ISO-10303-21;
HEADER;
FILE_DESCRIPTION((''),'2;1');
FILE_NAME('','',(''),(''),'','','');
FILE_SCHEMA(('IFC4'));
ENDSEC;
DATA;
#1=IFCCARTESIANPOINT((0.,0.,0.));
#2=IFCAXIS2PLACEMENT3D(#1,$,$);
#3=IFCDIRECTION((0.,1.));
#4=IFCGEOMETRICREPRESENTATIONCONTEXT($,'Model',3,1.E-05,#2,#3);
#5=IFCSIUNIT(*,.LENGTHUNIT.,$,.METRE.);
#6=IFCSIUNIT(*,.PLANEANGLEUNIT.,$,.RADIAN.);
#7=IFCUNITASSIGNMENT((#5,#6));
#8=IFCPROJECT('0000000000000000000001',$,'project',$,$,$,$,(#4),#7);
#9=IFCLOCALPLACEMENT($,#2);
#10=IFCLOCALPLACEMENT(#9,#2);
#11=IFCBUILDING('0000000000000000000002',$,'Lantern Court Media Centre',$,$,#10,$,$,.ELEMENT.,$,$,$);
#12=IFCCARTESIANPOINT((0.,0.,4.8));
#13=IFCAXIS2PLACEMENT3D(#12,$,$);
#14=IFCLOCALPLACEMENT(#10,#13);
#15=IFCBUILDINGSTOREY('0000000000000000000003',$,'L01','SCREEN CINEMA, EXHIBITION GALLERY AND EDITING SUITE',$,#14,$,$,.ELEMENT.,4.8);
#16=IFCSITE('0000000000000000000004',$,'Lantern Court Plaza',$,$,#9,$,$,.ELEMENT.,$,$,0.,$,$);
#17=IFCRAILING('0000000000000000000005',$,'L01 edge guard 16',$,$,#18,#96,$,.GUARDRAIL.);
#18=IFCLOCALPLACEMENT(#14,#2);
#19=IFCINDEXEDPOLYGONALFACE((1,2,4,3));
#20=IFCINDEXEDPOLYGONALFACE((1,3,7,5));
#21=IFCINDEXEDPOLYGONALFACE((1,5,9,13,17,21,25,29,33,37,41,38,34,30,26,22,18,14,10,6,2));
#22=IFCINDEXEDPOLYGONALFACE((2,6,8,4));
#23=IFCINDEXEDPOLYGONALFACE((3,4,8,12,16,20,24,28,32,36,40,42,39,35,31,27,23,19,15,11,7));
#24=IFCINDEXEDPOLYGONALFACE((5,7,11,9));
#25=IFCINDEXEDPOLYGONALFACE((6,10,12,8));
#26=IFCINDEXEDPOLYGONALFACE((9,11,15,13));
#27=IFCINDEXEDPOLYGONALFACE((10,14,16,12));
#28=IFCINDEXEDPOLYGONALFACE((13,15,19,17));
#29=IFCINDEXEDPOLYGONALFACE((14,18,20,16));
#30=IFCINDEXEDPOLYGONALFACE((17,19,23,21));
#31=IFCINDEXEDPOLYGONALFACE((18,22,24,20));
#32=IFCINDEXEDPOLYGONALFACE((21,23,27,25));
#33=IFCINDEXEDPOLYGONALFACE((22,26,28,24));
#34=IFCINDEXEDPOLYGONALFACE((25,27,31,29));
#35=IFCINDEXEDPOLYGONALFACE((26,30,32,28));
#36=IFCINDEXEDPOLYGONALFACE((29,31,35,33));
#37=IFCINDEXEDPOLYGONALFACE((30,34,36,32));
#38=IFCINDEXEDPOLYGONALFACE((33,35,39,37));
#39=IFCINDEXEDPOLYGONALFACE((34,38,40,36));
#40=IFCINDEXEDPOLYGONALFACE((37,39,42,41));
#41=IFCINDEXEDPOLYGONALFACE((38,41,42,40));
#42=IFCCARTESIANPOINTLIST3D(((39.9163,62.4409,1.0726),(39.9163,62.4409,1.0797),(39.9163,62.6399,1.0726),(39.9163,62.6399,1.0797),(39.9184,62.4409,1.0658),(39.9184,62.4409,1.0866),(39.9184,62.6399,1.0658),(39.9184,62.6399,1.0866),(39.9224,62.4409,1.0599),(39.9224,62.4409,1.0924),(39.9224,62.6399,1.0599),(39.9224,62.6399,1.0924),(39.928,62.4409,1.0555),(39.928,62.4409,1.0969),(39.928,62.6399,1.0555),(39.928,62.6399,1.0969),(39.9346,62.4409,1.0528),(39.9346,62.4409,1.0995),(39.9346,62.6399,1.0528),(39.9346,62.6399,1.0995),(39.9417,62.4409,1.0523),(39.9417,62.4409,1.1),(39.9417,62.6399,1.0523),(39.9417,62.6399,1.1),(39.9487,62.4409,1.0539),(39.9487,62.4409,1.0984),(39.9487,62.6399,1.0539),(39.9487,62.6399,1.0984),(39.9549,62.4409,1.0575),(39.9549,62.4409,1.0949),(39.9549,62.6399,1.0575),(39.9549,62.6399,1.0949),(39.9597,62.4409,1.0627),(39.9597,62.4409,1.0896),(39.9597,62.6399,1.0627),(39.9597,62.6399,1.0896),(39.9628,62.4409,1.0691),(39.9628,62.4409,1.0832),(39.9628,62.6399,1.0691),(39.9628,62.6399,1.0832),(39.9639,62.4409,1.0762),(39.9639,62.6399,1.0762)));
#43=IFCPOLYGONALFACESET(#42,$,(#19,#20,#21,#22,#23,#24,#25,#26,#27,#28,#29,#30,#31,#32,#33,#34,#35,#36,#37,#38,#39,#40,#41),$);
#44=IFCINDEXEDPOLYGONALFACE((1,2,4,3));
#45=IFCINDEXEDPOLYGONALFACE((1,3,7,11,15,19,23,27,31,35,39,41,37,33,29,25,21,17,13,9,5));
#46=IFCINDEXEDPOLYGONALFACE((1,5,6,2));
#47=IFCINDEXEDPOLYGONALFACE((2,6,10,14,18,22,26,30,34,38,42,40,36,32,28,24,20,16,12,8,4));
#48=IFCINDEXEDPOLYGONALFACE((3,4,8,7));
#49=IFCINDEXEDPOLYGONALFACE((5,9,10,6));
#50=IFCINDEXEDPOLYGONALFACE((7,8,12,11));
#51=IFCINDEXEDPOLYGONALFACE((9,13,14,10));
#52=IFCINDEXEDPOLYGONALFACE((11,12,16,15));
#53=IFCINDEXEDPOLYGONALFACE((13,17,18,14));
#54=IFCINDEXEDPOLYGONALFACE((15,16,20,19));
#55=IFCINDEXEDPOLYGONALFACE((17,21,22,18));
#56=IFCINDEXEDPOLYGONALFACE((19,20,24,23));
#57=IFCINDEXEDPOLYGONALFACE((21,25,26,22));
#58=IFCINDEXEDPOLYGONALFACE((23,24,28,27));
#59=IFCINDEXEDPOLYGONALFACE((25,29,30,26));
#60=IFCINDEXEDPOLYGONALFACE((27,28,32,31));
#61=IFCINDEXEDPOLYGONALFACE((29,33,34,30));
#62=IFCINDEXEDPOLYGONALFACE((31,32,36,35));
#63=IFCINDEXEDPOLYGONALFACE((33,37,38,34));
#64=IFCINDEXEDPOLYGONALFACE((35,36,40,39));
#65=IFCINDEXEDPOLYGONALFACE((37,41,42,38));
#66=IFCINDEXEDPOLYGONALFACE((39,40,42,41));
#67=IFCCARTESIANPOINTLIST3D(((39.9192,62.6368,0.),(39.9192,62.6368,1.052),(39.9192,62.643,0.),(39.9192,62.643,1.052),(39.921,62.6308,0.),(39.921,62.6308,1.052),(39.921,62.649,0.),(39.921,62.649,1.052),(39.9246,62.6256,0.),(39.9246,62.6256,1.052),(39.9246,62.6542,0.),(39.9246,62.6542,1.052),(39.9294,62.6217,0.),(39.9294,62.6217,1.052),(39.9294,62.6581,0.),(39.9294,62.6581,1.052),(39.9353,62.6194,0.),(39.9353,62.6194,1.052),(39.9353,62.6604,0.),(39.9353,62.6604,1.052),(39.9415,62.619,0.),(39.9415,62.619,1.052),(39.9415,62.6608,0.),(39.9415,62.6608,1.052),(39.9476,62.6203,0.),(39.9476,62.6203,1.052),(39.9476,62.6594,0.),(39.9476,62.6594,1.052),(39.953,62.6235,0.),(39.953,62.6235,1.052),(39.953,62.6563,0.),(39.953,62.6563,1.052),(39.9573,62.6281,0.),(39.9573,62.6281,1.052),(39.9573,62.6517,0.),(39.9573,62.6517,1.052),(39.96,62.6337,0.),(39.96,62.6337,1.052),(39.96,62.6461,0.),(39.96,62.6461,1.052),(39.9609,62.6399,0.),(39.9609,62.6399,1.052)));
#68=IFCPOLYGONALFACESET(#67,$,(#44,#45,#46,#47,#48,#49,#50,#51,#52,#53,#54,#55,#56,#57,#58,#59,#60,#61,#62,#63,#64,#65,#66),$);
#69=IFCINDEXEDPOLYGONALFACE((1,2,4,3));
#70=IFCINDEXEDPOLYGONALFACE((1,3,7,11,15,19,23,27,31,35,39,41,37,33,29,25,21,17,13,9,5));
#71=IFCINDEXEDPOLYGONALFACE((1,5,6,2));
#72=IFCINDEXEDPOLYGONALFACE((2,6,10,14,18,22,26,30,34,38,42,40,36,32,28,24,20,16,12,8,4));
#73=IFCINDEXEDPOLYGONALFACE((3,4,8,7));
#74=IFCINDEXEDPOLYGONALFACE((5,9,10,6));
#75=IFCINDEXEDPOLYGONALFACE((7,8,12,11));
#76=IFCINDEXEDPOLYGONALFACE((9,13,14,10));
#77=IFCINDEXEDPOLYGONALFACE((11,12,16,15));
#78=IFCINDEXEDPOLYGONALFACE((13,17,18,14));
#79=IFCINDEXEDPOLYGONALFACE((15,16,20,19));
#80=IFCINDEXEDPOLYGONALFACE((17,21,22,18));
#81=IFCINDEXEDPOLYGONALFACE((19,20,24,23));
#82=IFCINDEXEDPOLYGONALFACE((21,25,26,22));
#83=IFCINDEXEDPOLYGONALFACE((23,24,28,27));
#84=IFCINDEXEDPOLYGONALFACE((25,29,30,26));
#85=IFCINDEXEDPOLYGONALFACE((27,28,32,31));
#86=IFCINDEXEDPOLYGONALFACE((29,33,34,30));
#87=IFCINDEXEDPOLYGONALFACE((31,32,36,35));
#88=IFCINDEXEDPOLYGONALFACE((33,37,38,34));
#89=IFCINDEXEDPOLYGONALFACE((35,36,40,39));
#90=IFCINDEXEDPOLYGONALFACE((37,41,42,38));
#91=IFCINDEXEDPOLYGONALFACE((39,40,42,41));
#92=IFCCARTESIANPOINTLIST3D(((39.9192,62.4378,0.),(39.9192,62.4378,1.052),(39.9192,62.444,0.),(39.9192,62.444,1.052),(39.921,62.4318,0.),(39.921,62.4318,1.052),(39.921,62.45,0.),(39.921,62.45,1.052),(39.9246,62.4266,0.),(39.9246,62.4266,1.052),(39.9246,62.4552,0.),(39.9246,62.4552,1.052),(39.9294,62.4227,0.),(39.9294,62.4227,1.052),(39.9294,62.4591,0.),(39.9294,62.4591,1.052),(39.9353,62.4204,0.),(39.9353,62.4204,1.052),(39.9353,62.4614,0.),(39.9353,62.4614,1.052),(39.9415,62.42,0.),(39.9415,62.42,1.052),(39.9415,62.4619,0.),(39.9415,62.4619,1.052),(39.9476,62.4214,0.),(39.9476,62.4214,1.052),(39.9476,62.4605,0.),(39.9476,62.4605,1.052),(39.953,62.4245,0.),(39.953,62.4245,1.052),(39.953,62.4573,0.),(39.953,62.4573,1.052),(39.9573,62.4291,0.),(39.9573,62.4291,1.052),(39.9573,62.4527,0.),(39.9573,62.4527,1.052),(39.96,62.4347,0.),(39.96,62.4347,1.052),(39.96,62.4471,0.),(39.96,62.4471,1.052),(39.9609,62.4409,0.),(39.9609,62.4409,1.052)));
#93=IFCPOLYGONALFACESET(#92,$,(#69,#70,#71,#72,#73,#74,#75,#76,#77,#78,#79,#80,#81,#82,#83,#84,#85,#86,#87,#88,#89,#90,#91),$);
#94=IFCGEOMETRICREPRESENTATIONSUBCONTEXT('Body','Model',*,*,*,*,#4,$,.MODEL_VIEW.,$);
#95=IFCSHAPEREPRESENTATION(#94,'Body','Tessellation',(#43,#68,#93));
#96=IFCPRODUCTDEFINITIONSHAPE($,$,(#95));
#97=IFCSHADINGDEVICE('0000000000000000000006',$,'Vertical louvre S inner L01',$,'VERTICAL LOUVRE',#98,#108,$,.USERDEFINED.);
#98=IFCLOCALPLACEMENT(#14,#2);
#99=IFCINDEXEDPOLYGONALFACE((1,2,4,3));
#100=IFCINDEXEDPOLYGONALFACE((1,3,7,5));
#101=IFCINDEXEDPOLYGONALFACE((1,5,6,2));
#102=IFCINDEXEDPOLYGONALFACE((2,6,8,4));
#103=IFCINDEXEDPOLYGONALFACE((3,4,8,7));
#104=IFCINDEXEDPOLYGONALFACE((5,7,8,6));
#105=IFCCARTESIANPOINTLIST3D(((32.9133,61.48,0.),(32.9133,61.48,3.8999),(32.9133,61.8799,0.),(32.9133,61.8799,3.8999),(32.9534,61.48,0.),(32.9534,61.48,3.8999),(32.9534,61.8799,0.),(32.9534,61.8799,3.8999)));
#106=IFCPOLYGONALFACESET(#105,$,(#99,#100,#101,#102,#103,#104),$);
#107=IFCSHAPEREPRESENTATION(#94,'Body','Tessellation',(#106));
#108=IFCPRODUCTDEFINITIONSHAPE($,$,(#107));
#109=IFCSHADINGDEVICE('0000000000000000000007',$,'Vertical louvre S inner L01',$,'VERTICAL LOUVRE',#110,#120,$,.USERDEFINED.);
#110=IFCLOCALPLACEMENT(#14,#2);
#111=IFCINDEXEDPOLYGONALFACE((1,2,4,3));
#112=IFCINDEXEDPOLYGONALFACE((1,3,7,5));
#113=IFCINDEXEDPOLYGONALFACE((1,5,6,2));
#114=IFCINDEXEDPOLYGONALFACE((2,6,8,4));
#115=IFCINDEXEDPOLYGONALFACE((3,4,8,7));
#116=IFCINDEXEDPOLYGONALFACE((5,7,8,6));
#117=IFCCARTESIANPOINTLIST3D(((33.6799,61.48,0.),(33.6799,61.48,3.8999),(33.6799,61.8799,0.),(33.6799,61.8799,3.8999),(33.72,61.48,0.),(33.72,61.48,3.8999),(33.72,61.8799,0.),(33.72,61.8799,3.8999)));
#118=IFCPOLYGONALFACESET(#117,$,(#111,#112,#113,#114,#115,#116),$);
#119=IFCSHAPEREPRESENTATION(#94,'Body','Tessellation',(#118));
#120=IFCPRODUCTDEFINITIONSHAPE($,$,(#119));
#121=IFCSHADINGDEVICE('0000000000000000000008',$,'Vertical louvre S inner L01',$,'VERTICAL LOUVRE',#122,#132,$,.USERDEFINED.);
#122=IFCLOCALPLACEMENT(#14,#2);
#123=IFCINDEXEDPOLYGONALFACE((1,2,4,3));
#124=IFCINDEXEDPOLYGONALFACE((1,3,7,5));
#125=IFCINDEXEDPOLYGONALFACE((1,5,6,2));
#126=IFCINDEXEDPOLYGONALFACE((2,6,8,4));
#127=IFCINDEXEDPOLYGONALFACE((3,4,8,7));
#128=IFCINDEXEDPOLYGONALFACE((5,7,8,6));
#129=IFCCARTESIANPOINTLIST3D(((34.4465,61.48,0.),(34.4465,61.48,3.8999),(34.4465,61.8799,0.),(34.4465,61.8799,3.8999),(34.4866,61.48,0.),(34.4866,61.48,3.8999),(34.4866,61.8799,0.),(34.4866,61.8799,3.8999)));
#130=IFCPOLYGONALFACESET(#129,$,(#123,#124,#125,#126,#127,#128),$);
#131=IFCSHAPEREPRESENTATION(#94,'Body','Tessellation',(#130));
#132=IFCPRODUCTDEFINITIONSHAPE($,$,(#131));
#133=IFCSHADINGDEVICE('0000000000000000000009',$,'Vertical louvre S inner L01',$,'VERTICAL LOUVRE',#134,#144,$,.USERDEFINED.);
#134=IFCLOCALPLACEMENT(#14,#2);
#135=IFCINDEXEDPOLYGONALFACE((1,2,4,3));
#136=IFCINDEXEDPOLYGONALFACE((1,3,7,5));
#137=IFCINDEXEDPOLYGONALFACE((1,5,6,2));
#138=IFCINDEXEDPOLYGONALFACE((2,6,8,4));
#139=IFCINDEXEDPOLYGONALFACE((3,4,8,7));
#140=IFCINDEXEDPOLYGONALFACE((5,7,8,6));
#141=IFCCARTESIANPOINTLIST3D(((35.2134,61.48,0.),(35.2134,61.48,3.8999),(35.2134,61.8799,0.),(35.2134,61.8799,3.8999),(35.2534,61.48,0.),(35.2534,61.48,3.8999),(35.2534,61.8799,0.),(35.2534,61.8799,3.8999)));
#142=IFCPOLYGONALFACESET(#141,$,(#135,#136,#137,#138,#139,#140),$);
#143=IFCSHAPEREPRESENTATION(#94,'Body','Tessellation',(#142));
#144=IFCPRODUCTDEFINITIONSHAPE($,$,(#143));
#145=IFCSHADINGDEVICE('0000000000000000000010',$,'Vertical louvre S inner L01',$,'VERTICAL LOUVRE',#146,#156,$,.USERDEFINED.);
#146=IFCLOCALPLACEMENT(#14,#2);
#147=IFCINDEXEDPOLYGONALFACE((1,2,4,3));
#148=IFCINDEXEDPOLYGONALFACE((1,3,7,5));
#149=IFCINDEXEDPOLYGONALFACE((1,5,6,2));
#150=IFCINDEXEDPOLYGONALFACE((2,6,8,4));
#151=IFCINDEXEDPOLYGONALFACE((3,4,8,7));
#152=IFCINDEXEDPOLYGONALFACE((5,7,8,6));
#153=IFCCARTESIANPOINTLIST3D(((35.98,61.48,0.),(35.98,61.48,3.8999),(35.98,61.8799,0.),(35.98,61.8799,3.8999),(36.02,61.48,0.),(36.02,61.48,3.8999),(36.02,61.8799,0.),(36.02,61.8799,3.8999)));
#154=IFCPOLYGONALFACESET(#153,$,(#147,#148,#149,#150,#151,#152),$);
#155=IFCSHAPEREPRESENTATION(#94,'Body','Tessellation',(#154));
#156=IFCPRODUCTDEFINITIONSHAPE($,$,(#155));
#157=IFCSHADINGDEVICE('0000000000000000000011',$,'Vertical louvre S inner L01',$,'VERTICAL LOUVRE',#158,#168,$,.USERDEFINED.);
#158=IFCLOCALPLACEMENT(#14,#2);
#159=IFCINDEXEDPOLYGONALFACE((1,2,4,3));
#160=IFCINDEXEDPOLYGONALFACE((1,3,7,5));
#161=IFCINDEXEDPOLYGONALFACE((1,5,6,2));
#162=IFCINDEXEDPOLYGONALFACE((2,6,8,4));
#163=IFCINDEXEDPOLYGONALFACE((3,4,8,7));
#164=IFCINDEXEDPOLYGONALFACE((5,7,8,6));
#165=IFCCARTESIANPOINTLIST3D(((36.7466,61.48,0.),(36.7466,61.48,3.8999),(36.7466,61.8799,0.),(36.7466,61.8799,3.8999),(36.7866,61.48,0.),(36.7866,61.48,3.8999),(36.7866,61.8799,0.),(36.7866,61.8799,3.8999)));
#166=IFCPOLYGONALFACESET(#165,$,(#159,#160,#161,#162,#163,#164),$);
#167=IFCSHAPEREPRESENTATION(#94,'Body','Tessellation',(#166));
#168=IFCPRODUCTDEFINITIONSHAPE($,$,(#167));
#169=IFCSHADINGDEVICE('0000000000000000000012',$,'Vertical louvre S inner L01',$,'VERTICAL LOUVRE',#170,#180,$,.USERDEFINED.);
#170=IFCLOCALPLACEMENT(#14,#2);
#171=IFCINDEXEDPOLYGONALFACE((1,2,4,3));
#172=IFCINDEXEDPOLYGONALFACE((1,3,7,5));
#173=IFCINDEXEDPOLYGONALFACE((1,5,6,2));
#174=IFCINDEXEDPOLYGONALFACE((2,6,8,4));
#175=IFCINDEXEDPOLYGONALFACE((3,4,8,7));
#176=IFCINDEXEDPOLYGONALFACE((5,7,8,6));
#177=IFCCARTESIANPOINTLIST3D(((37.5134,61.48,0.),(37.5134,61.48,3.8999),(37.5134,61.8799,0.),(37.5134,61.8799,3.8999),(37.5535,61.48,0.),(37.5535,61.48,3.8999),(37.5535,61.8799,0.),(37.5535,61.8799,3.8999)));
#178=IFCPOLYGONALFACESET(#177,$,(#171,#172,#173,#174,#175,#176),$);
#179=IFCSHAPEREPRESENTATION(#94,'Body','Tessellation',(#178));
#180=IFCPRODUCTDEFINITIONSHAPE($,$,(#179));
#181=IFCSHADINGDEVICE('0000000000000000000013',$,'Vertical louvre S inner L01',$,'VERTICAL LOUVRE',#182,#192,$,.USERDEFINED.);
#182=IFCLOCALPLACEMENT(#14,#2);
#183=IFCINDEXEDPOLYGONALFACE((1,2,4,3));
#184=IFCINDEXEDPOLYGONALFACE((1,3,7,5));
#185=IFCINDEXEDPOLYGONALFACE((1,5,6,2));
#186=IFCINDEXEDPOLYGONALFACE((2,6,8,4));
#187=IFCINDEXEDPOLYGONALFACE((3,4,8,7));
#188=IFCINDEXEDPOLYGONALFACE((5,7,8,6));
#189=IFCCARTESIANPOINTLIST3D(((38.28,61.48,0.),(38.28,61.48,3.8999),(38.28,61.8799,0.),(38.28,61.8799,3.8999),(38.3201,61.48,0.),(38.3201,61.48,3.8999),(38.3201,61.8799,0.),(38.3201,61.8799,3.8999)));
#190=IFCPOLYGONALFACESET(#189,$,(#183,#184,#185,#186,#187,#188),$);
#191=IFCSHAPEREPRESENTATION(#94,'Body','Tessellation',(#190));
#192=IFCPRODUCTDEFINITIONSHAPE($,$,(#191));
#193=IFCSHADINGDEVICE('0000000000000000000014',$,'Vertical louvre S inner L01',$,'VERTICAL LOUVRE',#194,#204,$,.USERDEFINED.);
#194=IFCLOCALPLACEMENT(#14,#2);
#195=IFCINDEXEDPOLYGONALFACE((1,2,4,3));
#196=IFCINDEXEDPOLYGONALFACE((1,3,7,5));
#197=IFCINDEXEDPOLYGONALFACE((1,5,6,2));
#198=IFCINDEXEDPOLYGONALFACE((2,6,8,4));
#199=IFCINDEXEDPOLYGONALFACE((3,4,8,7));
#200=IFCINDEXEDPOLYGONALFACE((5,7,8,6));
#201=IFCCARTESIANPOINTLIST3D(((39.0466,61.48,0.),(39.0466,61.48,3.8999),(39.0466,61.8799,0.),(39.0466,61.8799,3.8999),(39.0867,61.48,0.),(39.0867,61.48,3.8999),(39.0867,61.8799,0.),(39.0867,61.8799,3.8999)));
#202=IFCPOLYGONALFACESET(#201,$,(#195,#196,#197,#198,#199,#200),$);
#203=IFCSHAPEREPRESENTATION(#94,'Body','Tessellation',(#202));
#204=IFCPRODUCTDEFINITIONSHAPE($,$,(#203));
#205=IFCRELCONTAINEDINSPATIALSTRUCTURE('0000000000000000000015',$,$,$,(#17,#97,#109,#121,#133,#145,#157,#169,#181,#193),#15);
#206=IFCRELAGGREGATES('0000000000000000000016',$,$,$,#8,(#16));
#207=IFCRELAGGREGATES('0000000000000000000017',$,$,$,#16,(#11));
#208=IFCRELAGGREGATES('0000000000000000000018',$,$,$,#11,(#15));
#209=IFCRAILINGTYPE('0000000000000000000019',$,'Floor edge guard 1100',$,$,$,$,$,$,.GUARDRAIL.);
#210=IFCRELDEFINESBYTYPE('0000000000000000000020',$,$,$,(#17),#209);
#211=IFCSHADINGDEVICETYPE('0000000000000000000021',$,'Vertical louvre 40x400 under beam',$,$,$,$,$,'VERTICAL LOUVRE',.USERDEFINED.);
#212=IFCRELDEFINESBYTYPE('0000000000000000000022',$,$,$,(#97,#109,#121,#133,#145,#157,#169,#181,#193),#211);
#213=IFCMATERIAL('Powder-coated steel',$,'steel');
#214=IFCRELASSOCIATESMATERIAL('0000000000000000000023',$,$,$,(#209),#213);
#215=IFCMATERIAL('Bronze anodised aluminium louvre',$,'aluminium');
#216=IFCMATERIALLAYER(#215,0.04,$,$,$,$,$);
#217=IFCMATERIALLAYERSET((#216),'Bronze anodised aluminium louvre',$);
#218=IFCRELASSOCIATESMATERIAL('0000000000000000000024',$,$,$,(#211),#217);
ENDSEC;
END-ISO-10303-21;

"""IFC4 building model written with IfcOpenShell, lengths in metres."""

from ifc_helpers import new_model, si_unit, direction, frame, origin, origin_2d, place, context, subcontext, project, spatial, rectangle, circle, extrude, material, layer, layer_set, type_object, element, save


model = new_model("IFC4")

# Units and contexts
model_context = context("Model", 3, precision=1e-05, world=origin(), true_north=direction((0.0, 1.0)))
body_context = subcontext(model_context, "Body", "Model", "MODEL_VIEW")
ifc_project = project(units=[si_unit("LENGTHUNIT", "METRE"), si_unit("PLANEANGLEUNIT", "RADIAN")], contexts=[model_context])

# Site, building, storey
site_placement = place(None, origin())
site = spatial("IfcSite", under=ifc_project, at=site_placement, Name="Lantern Court Plaza", CompositionType="ELEMENT", RefElevation=0.0)
building_placement = place(site_placement, origin())
building = spatial("IfcBuilding", under=site, at=building_placement, Name="Lantern Court Media Centre", CompositionType="ELEMENT")
storey_placement = place(building_placement, frame((0.0, 0.0, 4.8)))
storey = spatial("IfcBuildingStorey", under=building, at=storey_placement, Name="L01", Description="SCREEN CINEMA, EXHIBITION GALLERY AND EDITING SUITE", CompositionType="ELEMENT", Elevation=4.8)

# Railing
ifc_material_1 = material(Name="Powder-coated steel", Category="steel")
railing_type = type_object("IfcRailingType", Name="Floor edge guard 1100", PredefinedType="GUARDRAIL", material=ifc_material_1)
railing_placement = place(storey_placement, frame((39.9399, 62.6399, 0.0)))
element("IfcRailing", 1, at=railing_placement, inside=storey, type_object=railing_type, Name="L01 edge guard 16", PredefinedType="GUARDRAIL", context=body_context, shape_type="SweptSolid", body=[
    extrude(circle(Radius=0.0239, at=origin_2d()), frame((0.0, 0.0, 1.0762), z_axis=(0.0, -1.0, 0.0), x_axis=(1.0, 0.0, 0.0)), (0.0, 0.0, 1.0), 0.199),
    extrude(circle(Radius=0.021, at=origin_2d()), origin(), (0.0, 0.0, 1.0), 1.052),
    extrude(circle(Radius=0.021, at=origin_2d()), frame((0.0, -0.199, 0.0)), (0.0, 0.0, 1.0), 1.052),
])

# Shading devices
ifc_material_2 = material(Name="Bronze anodised aluminium louvre", Category="aluminium")
ifc_layer_1 = layer(ifc_material_2, 0.04)
ifc_layer_set_1 = layer_set([ifc_layer_1], Name="Bronze anodised aluminium louvre")
shading_device_type = type_object("IfcShadingDeviceType", Name="Vertical louvre 40x400 under beam", ElementType="VERTICAL LOUVRE", PredefinedType="USERDEFINED", material=ifc_layer_set_1)
for number, where, z_axis, x_axis, name in (
    (2, (32.9333, 61.6799, 0.0), (0.0, 0.0, 1.0), (1.0, 0.0, 0.0), "Vertical louvre S inner L01"),
    (3, (33.7, 61.6799, 0.0), (0.0, 0.0, 1.0), (1.0, 0.0, 0.0), "Vertical louvre S inner L01"),
    (4, (34.4666, 61.6799, 0.0), (0.0, 0.0, 1.0), (1.0, 0.0, 0.0), "Vertical louvre S inner L01"),
    (5, (35.2334, 61.6799, 0.0), (0.0, 0.0, 1.0), (1.0, 0.0, 0.0), "Vertical louvre S inner L01"),
    (6, (36.0, 61.6799, 0.0), (0.0, 0.0, 1.0), (1.0, 0.0, 0.0), "Vertical louvre S inner L01"),
    (7, (36.7666, 61.6799, 0.0), (0.0, 0.0, 1.0), (1.0, 0.0, 0.0), "Vertical louvre S inner L01"),
    (8, (37.5334, 61.6799, 0.0), (0.0, 0.0, 1.0), (1.0, 0.0, 0.0), "Vertical louvre S inner L01"),
    (9, (38.3, 61.6799, 0.0), (0.0, 0.0, 1.0), (1.0, 0.0, 0.0), "Vertical louvre S inner L01"),
    (10, (39.0667, 61.6799, 0.0), (0.0, 0.0, 1.0), (1.0, 0.0, 0.0), "Vertical louvre S inner L01"),
):
    element("IfcShadingDevice", number, at=place(storey_placement, frame(where, z_axis=z_axis, x_axis=x_axis)), inside=storey, type_object=shading_device_type, Name=name, ObjectType="VERTICAL LOUVRE", PredefinedType="USERDEFINED", context=body_context, shape_type="SweptSolid", body=[
        extrude(rectangle(XDim=0.04, YDim=0.3999, at=origin_2d()), origin(), (0.0, 0.0, 1.0), 3.8999),
    ])

save(model, "model.ifc")
